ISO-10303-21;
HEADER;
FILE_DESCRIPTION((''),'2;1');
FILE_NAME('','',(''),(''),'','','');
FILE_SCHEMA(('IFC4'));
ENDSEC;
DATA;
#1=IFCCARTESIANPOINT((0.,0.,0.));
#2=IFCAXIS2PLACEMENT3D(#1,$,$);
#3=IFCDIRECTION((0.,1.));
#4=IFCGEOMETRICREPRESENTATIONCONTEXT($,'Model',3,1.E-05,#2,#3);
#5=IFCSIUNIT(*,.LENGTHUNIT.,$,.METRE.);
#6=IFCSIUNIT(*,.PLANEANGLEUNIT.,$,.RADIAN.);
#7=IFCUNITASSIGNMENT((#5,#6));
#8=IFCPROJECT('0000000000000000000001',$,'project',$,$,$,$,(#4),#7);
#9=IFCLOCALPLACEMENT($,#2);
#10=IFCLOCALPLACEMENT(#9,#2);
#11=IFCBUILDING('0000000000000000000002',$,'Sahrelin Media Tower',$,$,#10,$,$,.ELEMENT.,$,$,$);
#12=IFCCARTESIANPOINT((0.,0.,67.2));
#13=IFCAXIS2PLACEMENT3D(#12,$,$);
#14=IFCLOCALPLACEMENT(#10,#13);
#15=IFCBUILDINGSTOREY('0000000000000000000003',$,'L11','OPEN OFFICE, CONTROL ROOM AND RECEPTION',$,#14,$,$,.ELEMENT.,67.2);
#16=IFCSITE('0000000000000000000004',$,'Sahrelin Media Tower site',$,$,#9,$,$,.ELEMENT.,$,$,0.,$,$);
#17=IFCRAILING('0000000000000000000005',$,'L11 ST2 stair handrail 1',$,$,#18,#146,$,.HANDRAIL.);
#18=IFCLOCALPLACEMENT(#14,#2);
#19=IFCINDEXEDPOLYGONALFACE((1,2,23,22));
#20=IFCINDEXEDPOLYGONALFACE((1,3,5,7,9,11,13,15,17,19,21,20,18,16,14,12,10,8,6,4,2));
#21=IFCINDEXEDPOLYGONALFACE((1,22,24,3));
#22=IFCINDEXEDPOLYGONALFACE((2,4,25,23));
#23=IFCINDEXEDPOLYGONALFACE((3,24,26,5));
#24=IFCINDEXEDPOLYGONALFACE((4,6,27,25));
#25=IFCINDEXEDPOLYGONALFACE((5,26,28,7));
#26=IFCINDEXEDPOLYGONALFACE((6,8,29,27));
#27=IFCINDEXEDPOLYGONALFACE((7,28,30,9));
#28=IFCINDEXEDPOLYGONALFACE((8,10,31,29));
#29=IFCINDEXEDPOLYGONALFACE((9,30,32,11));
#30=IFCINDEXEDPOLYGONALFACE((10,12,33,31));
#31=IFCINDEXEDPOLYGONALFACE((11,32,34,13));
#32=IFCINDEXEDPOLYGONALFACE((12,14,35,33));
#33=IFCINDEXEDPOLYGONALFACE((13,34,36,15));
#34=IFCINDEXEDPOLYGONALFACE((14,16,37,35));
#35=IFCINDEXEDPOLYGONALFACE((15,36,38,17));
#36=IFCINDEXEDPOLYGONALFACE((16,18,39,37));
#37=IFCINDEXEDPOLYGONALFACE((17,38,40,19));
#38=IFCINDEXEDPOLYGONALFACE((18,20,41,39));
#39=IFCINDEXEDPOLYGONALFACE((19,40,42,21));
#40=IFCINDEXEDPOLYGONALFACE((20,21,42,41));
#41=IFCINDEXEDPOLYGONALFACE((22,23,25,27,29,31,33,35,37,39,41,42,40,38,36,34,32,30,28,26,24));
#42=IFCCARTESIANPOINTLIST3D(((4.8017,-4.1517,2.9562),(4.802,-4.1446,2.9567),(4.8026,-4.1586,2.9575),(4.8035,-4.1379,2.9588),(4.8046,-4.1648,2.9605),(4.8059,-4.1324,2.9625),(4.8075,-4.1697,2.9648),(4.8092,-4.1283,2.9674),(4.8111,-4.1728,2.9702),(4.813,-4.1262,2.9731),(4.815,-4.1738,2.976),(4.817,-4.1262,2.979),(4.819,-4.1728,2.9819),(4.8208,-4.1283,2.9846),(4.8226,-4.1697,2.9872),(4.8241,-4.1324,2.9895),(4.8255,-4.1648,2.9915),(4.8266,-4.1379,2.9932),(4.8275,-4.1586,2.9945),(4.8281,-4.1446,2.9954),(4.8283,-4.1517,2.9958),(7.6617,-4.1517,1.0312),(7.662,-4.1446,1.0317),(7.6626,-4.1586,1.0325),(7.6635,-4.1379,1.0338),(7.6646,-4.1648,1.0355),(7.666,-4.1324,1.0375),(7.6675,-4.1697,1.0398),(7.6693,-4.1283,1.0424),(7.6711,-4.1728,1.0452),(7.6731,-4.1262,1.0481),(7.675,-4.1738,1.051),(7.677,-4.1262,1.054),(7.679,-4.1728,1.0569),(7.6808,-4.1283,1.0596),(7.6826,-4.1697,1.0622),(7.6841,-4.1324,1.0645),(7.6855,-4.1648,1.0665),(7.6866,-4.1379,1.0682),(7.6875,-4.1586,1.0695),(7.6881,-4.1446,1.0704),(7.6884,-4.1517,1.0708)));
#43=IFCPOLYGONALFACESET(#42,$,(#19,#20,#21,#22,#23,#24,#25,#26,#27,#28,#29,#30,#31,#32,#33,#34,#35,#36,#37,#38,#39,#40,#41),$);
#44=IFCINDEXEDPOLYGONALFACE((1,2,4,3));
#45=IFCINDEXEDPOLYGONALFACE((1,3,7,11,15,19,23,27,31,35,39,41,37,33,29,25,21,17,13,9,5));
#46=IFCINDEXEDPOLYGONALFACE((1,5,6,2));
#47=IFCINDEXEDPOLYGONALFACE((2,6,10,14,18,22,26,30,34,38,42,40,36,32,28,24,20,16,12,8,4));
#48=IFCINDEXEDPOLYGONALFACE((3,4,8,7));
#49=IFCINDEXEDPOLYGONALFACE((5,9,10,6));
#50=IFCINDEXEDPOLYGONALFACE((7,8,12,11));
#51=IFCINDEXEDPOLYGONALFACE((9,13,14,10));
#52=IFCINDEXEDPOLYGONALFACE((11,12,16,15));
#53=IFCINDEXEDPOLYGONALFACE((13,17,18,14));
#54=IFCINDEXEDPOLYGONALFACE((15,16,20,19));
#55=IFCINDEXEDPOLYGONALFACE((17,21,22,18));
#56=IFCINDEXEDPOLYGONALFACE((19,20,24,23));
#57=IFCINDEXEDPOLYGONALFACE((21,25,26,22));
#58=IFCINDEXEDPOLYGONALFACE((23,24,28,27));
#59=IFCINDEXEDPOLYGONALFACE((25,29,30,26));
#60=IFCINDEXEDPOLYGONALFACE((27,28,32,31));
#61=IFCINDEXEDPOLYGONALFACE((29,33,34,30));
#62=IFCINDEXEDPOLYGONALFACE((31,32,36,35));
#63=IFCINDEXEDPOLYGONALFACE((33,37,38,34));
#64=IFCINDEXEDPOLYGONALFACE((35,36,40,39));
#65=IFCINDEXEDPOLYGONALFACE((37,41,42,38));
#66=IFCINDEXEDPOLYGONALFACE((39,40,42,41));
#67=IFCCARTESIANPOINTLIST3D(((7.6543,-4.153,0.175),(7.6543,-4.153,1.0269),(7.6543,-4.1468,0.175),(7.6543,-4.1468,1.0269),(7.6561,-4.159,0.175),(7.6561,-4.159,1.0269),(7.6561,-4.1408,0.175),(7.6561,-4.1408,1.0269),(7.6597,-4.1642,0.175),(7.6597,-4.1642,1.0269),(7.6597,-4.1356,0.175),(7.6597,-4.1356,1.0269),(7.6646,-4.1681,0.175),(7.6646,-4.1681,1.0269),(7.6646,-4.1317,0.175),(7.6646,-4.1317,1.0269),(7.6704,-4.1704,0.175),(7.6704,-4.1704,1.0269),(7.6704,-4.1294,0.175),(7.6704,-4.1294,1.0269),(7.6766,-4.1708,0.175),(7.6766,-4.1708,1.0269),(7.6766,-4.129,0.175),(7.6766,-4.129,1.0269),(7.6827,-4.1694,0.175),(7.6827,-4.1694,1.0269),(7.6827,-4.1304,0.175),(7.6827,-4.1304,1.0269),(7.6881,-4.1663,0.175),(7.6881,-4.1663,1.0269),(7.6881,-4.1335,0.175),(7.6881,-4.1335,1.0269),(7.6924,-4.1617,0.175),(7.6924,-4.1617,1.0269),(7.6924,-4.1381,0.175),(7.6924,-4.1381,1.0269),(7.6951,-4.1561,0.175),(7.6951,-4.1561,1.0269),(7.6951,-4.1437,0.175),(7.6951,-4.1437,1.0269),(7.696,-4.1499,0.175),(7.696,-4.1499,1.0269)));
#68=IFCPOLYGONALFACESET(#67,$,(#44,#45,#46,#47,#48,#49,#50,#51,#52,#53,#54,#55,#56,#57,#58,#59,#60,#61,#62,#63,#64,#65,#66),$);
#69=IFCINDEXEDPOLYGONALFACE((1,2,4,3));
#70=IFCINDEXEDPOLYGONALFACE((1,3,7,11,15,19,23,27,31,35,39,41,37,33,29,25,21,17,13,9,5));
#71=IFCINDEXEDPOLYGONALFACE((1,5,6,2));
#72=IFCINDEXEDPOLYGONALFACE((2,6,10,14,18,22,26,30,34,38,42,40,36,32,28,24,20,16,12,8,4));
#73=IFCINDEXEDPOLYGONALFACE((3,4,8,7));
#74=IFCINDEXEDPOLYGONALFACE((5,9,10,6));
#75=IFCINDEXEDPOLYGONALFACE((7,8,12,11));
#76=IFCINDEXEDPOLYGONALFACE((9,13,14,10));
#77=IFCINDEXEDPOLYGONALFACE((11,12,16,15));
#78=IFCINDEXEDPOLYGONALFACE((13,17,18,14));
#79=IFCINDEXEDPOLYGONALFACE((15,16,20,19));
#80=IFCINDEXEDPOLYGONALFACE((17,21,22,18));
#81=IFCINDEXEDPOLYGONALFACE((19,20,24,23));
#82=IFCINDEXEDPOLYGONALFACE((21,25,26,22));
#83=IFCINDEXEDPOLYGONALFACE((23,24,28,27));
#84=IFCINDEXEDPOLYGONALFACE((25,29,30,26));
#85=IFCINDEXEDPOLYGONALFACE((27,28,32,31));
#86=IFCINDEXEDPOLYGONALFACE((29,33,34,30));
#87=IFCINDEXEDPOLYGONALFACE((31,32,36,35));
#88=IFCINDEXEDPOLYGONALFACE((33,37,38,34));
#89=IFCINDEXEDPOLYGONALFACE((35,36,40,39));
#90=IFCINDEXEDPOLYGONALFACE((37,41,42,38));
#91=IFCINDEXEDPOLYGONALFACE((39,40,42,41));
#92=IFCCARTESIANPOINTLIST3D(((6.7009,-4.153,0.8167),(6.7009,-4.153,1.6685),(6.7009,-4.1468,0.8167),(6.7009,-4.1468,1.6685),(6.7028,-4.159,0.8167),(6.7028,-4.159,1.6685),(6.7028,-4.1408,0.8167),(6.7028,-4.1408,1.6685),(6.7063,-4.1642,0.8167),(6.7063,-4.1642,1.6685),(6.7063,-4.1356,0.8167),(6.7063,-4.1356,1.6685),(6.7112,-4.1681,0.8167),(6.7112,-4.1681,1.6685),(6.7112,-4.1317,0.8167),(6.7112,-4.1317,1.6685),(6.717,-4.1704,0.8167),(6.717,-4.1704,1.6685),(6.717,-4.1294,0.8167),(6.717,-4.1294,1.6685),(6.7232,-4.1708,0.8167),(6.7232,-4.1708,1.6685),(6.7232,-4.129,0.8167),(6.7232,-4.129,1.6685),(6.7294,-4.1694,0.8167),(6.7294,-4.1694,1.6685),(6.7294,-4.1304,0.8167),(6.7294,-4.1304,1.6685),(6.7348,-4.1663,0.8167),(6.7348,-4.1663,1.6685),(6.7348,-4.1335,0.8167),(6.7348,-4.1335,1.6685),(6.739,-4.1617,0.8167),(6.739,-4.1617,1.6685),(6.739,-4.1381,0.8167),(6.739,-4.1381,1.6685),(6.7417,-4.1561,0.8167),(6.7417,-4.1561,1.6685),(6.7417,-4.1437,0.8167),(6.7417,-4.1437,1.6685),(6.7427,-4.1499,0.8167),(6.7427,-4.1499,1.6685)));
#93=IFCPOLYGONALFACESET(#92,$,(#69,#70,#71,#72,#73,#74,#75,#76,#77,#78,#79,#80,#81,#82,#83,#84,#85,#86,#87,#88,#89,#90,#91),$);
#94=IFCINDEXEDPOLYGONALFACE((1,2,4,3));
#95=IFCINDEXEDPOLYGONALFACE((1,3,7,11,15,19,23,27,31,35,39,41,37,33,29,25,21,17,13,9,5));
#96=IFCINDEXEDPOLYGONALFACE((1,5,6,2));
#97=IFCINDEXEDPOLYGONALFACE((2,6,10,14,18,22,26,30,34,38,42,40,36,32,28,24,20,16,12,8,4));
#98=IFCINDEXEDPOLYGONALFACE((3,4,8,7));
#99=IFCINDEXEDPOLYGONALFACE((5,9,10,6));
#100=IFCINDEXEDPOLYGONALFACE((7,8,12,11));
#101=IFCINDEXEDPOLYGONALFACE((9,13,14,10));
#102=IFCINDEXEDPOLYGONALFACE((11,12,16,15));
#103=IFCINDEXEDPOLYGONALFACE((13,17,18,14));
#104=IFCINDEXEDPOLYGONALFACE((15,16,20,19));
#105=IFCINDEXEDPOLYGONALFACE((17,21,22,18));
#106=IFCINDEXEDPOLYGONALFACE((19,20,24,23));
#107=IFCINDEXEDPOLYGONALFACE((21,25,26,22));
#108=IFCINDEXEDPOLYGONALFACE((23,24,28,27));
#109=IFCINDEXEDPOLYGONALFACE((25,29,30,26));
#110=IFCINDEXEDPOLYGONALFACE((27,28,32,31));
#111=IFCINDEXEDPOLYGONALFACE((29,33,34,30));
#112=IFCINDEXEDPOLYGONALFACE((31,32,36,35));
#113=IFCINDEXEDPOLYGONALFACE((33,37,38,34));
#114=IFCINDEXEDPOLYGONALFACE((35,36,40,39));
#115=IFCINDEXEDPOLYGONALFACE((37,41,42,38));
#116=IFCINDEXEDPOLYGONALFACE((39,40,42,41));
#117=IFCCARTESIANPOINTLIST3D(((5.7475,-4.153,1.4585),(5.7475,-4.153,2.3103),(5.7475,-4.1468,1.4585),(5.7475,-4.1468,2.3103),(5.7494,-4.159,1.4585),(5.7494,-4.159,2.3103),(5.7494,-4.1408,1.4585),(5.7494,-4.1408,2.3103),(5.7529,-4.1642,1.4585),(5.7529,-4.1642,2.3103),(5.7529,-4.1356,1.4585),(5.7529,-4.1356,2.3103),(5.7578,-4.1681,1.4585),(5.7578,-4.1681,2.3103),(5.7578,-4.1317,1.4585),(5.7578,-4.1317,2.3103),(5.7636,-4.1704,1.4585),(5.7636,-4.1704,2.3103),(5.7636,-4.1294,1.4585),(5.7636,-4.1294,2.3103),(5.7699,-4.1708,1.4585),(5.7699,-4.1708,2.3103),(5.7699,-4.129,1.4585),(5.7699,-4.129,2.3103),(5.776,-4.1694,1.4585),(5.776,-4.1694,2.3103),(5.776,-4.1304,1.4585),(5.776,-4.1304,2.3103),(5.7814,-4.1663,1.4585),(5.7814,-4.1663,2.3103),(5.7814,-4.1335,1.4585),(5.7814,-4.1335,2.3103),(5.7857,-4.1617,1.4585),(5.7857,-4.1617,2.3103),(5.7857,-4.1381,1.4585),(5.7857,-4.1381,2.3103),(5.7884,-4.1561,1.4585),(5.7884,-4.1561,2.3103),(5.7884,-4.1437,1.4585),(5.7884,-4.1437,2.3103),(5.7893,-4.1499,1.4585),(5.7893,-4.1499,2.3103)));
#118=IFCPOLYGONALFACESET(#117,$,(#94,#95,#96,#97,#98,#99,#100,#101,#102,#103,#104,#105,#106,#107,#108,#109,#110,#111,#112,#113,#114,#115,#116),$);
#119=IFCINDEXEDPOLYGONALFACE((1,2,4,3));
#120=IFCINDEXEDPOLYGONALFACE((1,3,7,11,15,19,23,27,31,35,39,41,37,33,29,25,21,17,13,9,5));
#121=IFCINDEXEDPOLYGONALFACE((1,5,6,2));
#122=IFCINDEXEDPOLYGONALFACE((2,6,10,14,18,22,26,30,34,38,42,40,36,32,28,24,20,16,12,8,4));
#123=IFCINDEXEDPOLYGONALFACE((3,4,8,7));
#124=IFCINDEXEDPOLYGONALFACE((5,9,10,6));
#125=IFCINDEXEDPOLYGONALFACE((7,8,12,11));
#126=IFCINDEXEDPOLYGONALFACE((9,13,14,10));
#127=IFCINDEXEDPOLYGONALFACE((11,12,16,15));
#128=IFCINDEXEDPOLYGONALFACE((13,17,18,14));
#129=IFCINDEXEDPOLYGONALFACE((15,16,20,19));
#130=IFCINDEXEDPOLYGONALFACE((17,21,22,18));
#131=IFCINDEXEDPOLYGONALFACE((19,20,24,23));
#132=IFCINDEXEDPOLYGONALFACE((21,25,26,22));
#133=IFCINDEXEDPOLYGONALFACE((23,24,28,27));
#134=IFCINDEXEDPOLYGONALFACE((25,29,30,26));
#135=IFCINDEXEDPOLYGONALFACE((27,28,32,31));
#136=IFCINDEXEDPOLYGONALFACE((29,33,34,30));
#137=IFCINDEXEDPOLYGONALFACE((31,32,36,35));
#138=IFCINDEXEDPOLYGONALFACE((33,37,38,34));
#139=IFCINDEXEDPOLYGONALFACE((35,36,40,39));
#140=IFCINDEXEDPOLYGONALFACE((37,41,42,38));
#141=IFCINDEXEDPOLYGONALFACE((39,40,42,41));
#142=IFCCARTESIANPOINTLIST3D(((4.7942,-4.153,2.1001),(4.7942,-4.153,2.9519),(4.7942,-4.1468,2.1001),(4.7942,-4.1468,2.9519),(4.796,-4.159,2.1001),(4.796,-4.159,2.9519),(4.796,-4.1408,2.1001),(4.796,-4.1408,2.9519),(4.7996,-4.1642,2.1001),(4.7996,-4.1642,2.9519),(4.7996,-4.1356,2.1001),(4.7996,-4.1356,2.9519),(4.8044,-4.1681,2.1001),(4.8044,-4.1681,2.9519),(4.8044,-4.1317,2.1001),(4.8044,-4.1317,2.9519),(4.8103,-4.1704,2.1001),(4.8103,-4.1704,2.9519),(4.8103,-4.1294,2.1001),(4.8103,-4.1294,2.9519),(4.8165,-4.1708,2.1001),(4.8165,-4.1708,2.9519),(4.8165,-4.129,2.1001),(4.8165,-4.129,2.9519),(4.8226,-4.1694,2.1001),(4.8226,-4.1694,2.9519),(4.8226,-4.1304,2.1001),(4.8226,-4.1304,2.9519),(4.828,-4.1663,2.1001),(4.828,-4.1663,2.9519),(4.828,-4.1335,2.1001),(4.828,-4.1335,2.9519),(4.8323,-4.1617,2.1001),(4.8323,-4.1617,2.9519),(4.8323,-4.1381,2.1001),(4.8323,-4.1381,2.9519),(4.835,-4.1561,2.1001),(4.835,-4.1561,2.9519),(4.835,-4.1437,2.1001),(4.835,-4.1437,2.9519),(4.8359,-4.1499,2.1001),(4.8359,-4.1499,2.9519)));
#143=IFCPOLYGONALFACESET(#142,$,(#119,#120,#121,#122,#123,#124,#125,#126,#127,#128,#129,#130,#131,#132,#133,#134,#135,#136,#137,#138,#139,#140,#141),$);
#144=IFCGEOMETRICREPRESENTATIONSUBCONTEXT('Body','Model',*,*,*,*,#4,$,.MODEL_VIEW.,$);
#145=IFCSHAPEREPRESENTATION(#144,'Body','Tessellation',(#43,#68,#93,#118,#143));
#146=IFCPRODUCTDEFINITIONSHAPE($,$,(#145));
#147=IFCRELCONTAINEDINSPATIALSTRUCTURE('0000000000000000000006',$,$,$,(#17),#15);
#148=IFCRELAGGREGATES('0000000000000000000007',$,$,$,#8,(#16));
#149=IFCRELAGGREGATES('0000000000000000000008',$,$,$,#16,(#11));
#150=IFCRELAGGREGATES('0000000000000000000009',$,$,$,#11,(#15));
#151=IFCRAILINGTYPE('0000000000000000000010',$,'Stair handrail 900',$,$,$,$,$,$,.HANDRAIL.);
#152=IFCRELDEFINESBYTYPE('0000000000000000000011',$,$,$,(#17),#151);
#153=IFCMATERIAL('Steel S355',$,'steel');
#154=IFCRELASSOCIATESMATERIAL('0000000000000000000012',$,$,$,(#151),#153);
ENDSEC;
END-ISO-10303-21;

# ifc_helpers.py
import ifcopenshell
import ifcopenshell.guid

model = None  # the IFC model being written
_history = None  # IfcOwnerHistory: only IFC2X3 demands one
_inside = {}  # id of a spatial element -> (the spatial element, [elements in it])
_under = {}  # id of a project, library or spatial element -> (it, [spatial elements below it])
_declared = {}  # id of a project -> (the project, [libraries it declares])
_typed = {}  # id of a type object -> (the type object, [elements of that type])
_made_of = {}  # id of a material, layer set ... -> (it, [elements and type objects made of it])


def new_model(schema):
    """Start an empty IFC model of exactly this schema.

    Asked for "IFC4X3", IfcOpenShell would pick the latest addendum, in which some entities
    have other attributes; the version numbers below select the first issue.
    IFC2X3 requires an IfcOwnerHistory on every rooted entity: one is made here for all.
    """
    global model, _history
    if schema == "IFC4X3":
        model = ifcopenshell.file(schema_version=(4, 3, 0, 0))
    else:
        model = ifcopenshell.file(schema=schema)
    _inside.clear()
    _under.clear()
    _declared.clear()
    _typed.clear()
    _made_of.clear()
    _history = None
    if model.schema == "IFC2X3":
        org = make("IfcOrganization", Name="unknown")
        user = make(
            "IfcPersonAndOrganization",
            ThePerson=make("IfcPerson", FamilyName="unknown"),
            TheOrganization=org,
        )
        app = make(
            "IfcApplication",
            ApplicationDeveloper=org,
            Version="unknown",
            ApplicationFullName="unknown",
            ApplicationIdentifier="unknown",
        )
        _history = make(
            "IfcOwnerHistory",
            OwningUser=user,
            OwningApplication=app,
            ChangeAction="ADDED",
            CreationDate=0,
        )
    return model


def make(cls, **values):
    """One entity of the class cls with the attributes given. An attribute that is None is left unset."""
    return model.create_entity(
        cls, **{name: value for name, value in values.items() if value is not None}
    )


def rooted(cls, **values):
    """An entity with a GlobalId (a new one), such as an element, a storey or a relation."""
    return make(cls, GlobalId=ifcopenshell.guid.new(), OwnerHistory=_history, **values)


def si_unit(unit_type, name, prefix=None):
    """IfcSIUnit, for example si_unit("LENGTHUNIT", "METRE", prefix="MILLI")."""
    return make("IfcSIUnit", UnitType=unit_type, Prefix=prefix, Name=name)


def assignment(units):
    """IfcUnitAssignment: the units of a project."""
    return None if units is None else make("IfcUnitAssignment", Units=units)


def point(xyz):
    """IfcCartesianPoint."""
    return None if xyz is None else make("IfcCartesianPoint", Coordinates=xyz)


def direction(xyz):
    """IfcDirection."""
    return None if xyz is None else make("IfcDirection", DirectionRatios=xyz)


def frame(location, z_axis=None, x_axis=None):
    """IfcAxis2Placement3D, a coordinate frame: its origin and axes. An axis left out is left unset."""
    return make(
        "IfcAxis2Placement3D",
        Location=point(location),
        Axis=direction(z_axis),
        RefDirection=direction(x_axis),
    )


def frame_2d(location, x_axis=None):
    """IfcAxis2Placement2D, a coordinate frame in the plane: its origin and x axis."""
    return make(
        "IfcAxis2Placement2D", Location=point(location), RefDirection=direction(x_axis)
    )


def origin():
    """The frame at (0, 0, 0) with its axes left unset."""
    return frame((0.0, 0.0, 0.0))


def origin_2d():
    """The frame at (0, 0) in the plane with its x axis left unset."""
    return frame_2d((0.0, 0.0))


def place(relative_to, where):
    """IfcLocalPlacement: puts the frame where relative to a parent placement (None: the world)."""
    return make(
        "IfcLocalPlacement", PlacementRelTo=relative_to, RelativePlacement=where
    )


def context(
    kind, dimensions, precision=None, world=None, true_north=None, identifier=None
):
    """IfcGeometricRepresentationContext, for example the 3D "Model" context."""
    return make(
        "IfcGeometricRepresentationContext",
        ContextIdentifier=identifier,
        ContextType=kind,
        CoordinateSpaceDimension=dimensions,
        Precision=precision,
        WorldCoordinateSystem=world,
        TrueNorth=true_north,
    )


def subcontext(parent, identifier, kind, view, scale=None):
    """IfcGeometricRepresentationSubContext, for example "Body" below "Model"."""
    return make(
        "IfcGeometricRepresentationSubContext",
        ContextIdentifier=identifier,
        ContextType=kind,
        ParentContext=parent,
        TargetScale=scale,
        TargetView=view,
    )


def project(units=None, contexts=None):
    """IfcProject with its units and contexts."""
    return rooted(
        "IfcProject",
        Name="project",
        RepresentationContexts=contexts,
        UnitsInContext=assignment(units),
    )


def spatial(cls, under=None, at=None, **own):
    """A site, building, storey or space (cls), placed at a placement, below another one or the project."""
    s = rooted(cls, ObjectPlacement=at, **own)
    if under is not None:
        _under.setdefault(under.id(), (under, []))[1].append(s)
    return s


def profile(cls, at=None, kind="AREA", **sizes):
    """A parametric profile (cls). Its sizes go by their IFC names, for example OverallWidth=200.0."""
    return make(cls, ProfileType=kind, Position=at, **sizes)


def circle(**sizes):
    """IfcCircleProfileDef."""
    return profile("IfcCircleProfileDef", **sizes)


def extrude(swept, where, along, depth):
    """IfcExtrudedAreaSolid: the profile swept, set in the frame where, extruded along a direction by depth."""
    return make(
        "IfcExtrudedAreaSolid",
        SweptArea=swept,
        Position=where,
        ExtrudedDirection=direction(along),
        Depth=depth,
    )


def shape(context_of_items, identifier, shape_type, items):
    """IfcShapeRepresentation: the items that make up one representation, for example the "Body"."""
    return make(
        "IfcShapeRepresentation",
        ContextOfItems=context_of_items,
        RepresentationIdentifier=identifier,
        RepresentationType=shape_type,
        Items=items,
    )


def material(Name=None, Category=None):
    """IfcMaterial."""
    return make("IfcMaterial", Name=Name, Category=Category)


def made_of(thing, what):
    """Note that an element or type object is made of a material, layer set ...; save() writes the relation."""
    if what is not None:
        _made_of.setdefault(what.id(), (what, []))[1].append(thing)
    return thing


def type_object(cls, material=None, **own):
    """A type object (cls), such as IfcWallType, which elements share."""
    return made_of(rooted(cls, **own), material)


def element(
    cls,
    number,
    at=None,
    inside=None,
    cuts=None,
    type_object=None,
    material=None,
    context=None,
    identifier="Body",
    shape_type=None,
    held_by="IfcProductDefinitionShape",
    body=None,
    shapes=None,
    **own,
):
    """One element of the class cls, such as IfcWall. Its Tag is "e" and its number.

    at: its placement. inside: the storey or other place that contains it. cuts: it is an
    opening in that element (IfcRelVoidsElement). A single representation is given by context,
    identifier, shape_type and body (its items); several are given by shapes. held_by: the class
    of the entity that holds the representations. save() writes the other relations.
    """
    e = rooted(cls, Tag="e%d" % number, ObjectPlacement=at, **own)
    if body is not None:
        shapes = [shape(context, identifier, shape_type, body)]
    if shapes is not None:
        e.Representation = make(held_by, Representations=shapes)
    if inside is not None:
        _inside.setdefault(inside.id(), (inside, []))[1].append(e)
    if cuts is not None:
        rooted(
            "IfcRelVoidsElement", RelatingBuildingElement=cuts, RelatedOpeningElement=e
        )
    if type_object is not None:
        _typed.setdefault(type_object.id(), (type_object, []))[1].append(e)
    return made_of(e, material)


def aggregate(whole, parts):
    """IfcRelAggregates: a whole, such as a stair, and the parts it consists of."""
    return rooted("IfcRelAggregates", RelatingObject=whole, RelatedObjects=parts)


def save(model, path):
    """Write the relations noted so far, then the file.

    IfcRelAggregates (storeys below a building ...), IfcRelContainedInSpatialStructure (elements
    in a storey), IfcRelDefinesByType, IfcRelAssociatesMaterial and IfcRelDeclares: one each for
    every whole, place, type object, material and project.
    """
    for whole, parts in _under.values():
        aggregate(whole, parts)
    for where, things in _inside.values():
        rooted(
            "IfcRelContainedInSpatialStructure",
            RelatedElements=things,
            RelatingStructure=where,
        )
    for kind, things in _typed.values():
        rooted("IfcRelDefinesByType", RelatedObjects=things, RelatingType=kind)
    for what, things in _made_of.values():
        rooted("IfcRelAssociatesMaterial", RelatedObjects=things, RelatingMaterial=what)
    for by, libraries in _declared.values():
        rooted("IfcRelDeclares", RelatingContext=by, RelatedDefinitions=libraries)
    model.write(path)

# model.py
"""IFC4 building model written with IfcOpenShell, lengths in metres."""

from ifc_helpers import new_model, si_unit, direction, frame, origin, origin_2d, place, context, subcontext, project, spatial, circle, extrude, material, type_object, element, save


model = new_model("IFC4")

# Units and contexts
model_context = context("Model", 3, precision=1e-05, world=origin(), true_north=direction((0.0, 1.0)))
body_context = subcontext(model_context, "Body", "Model", "MODEL_VIEW")
ifc_project = project(units=[si_unit("LENGTHUNIT", "METRE"), si_unit("PLANEANGLEUNIT", "RADIAN")], contexts=[model_context])

# Site, building, storey
site_placement = place(None, origin())
site = spatial("IfcSite", under=ifc_project, at=site_placement, Name="Sahrelin Media Tower site", CompositionType="ELEMENT", RefElevation=0.0)
building_placement = place(site_placement, origin())
building = spatial("IfcBuilding", under=site, at=building_placement, Name="Sahrelin Media Tower", CompositionType="ELEMENT")
storey_placement = place(building_placement, frame((0.0, 0.0, 67.2)))
storey = spatial("IfcBuildingStorey", under=building, at=storey_placement, Name="L11", Description="OPEN OFFICE, CONTROL ROOM AND RECEPTION", CompositionType="ELEMENT", Elevation=67.2)

# Shared definitions
ifc_material_1 = material(Name="Steel S355", Category="steel")

# Railing
railing_type_1 = type_object("IfcRailingType", Name="Stair handrail 900", PredefinedType="HANDRAIL", material=ifc_material_1)
railing_1_placement = place(storey_placement, frame((7.675, -4.1499, 0.175)))
element("IfcRailing", 1, at=railing_1_placement, inside=storey, type_object=railing_type_1, Name="L11 ST2 stair handrail 1", PredefinedType="HANDRAIL", context=body_context, shape_type="SweptSolid", body=[
    extrude(circle(Radius=0.0239, at=origin_2d()), frame((0.0, 0.0, 0.876), z_axis=(-0.829591, 0.0, 0.558372), x_axis=(0.0, -1.0, 0.0)), (0.0, 0.0, 1.0), 3.4475),
    extrude(circle(Radius=0.021, at=origin_2d()), origin(), (0.0, 0.0, 1.0), 0.8518),
    extrude(circle(Radius=0.021, at=origin_2d()), frame((-0.9534, 0.0, 0.6416)), (0.0, 0.0, 1.0), 0.8518),
    extrude(circle(Radius=0.021, at=origin_2d()), frame((-1.9067, 0.0, 1.2834)), (0.0, 0.0, 1.0), 0.8518),
    extrude(circle(Radius=0.021, at=origin_2d()), frame((-2.8601, 0.0, 1.925)), (0.0, 0.0, 1.0), 0.8518),
])

save(model, "model.ifc")
